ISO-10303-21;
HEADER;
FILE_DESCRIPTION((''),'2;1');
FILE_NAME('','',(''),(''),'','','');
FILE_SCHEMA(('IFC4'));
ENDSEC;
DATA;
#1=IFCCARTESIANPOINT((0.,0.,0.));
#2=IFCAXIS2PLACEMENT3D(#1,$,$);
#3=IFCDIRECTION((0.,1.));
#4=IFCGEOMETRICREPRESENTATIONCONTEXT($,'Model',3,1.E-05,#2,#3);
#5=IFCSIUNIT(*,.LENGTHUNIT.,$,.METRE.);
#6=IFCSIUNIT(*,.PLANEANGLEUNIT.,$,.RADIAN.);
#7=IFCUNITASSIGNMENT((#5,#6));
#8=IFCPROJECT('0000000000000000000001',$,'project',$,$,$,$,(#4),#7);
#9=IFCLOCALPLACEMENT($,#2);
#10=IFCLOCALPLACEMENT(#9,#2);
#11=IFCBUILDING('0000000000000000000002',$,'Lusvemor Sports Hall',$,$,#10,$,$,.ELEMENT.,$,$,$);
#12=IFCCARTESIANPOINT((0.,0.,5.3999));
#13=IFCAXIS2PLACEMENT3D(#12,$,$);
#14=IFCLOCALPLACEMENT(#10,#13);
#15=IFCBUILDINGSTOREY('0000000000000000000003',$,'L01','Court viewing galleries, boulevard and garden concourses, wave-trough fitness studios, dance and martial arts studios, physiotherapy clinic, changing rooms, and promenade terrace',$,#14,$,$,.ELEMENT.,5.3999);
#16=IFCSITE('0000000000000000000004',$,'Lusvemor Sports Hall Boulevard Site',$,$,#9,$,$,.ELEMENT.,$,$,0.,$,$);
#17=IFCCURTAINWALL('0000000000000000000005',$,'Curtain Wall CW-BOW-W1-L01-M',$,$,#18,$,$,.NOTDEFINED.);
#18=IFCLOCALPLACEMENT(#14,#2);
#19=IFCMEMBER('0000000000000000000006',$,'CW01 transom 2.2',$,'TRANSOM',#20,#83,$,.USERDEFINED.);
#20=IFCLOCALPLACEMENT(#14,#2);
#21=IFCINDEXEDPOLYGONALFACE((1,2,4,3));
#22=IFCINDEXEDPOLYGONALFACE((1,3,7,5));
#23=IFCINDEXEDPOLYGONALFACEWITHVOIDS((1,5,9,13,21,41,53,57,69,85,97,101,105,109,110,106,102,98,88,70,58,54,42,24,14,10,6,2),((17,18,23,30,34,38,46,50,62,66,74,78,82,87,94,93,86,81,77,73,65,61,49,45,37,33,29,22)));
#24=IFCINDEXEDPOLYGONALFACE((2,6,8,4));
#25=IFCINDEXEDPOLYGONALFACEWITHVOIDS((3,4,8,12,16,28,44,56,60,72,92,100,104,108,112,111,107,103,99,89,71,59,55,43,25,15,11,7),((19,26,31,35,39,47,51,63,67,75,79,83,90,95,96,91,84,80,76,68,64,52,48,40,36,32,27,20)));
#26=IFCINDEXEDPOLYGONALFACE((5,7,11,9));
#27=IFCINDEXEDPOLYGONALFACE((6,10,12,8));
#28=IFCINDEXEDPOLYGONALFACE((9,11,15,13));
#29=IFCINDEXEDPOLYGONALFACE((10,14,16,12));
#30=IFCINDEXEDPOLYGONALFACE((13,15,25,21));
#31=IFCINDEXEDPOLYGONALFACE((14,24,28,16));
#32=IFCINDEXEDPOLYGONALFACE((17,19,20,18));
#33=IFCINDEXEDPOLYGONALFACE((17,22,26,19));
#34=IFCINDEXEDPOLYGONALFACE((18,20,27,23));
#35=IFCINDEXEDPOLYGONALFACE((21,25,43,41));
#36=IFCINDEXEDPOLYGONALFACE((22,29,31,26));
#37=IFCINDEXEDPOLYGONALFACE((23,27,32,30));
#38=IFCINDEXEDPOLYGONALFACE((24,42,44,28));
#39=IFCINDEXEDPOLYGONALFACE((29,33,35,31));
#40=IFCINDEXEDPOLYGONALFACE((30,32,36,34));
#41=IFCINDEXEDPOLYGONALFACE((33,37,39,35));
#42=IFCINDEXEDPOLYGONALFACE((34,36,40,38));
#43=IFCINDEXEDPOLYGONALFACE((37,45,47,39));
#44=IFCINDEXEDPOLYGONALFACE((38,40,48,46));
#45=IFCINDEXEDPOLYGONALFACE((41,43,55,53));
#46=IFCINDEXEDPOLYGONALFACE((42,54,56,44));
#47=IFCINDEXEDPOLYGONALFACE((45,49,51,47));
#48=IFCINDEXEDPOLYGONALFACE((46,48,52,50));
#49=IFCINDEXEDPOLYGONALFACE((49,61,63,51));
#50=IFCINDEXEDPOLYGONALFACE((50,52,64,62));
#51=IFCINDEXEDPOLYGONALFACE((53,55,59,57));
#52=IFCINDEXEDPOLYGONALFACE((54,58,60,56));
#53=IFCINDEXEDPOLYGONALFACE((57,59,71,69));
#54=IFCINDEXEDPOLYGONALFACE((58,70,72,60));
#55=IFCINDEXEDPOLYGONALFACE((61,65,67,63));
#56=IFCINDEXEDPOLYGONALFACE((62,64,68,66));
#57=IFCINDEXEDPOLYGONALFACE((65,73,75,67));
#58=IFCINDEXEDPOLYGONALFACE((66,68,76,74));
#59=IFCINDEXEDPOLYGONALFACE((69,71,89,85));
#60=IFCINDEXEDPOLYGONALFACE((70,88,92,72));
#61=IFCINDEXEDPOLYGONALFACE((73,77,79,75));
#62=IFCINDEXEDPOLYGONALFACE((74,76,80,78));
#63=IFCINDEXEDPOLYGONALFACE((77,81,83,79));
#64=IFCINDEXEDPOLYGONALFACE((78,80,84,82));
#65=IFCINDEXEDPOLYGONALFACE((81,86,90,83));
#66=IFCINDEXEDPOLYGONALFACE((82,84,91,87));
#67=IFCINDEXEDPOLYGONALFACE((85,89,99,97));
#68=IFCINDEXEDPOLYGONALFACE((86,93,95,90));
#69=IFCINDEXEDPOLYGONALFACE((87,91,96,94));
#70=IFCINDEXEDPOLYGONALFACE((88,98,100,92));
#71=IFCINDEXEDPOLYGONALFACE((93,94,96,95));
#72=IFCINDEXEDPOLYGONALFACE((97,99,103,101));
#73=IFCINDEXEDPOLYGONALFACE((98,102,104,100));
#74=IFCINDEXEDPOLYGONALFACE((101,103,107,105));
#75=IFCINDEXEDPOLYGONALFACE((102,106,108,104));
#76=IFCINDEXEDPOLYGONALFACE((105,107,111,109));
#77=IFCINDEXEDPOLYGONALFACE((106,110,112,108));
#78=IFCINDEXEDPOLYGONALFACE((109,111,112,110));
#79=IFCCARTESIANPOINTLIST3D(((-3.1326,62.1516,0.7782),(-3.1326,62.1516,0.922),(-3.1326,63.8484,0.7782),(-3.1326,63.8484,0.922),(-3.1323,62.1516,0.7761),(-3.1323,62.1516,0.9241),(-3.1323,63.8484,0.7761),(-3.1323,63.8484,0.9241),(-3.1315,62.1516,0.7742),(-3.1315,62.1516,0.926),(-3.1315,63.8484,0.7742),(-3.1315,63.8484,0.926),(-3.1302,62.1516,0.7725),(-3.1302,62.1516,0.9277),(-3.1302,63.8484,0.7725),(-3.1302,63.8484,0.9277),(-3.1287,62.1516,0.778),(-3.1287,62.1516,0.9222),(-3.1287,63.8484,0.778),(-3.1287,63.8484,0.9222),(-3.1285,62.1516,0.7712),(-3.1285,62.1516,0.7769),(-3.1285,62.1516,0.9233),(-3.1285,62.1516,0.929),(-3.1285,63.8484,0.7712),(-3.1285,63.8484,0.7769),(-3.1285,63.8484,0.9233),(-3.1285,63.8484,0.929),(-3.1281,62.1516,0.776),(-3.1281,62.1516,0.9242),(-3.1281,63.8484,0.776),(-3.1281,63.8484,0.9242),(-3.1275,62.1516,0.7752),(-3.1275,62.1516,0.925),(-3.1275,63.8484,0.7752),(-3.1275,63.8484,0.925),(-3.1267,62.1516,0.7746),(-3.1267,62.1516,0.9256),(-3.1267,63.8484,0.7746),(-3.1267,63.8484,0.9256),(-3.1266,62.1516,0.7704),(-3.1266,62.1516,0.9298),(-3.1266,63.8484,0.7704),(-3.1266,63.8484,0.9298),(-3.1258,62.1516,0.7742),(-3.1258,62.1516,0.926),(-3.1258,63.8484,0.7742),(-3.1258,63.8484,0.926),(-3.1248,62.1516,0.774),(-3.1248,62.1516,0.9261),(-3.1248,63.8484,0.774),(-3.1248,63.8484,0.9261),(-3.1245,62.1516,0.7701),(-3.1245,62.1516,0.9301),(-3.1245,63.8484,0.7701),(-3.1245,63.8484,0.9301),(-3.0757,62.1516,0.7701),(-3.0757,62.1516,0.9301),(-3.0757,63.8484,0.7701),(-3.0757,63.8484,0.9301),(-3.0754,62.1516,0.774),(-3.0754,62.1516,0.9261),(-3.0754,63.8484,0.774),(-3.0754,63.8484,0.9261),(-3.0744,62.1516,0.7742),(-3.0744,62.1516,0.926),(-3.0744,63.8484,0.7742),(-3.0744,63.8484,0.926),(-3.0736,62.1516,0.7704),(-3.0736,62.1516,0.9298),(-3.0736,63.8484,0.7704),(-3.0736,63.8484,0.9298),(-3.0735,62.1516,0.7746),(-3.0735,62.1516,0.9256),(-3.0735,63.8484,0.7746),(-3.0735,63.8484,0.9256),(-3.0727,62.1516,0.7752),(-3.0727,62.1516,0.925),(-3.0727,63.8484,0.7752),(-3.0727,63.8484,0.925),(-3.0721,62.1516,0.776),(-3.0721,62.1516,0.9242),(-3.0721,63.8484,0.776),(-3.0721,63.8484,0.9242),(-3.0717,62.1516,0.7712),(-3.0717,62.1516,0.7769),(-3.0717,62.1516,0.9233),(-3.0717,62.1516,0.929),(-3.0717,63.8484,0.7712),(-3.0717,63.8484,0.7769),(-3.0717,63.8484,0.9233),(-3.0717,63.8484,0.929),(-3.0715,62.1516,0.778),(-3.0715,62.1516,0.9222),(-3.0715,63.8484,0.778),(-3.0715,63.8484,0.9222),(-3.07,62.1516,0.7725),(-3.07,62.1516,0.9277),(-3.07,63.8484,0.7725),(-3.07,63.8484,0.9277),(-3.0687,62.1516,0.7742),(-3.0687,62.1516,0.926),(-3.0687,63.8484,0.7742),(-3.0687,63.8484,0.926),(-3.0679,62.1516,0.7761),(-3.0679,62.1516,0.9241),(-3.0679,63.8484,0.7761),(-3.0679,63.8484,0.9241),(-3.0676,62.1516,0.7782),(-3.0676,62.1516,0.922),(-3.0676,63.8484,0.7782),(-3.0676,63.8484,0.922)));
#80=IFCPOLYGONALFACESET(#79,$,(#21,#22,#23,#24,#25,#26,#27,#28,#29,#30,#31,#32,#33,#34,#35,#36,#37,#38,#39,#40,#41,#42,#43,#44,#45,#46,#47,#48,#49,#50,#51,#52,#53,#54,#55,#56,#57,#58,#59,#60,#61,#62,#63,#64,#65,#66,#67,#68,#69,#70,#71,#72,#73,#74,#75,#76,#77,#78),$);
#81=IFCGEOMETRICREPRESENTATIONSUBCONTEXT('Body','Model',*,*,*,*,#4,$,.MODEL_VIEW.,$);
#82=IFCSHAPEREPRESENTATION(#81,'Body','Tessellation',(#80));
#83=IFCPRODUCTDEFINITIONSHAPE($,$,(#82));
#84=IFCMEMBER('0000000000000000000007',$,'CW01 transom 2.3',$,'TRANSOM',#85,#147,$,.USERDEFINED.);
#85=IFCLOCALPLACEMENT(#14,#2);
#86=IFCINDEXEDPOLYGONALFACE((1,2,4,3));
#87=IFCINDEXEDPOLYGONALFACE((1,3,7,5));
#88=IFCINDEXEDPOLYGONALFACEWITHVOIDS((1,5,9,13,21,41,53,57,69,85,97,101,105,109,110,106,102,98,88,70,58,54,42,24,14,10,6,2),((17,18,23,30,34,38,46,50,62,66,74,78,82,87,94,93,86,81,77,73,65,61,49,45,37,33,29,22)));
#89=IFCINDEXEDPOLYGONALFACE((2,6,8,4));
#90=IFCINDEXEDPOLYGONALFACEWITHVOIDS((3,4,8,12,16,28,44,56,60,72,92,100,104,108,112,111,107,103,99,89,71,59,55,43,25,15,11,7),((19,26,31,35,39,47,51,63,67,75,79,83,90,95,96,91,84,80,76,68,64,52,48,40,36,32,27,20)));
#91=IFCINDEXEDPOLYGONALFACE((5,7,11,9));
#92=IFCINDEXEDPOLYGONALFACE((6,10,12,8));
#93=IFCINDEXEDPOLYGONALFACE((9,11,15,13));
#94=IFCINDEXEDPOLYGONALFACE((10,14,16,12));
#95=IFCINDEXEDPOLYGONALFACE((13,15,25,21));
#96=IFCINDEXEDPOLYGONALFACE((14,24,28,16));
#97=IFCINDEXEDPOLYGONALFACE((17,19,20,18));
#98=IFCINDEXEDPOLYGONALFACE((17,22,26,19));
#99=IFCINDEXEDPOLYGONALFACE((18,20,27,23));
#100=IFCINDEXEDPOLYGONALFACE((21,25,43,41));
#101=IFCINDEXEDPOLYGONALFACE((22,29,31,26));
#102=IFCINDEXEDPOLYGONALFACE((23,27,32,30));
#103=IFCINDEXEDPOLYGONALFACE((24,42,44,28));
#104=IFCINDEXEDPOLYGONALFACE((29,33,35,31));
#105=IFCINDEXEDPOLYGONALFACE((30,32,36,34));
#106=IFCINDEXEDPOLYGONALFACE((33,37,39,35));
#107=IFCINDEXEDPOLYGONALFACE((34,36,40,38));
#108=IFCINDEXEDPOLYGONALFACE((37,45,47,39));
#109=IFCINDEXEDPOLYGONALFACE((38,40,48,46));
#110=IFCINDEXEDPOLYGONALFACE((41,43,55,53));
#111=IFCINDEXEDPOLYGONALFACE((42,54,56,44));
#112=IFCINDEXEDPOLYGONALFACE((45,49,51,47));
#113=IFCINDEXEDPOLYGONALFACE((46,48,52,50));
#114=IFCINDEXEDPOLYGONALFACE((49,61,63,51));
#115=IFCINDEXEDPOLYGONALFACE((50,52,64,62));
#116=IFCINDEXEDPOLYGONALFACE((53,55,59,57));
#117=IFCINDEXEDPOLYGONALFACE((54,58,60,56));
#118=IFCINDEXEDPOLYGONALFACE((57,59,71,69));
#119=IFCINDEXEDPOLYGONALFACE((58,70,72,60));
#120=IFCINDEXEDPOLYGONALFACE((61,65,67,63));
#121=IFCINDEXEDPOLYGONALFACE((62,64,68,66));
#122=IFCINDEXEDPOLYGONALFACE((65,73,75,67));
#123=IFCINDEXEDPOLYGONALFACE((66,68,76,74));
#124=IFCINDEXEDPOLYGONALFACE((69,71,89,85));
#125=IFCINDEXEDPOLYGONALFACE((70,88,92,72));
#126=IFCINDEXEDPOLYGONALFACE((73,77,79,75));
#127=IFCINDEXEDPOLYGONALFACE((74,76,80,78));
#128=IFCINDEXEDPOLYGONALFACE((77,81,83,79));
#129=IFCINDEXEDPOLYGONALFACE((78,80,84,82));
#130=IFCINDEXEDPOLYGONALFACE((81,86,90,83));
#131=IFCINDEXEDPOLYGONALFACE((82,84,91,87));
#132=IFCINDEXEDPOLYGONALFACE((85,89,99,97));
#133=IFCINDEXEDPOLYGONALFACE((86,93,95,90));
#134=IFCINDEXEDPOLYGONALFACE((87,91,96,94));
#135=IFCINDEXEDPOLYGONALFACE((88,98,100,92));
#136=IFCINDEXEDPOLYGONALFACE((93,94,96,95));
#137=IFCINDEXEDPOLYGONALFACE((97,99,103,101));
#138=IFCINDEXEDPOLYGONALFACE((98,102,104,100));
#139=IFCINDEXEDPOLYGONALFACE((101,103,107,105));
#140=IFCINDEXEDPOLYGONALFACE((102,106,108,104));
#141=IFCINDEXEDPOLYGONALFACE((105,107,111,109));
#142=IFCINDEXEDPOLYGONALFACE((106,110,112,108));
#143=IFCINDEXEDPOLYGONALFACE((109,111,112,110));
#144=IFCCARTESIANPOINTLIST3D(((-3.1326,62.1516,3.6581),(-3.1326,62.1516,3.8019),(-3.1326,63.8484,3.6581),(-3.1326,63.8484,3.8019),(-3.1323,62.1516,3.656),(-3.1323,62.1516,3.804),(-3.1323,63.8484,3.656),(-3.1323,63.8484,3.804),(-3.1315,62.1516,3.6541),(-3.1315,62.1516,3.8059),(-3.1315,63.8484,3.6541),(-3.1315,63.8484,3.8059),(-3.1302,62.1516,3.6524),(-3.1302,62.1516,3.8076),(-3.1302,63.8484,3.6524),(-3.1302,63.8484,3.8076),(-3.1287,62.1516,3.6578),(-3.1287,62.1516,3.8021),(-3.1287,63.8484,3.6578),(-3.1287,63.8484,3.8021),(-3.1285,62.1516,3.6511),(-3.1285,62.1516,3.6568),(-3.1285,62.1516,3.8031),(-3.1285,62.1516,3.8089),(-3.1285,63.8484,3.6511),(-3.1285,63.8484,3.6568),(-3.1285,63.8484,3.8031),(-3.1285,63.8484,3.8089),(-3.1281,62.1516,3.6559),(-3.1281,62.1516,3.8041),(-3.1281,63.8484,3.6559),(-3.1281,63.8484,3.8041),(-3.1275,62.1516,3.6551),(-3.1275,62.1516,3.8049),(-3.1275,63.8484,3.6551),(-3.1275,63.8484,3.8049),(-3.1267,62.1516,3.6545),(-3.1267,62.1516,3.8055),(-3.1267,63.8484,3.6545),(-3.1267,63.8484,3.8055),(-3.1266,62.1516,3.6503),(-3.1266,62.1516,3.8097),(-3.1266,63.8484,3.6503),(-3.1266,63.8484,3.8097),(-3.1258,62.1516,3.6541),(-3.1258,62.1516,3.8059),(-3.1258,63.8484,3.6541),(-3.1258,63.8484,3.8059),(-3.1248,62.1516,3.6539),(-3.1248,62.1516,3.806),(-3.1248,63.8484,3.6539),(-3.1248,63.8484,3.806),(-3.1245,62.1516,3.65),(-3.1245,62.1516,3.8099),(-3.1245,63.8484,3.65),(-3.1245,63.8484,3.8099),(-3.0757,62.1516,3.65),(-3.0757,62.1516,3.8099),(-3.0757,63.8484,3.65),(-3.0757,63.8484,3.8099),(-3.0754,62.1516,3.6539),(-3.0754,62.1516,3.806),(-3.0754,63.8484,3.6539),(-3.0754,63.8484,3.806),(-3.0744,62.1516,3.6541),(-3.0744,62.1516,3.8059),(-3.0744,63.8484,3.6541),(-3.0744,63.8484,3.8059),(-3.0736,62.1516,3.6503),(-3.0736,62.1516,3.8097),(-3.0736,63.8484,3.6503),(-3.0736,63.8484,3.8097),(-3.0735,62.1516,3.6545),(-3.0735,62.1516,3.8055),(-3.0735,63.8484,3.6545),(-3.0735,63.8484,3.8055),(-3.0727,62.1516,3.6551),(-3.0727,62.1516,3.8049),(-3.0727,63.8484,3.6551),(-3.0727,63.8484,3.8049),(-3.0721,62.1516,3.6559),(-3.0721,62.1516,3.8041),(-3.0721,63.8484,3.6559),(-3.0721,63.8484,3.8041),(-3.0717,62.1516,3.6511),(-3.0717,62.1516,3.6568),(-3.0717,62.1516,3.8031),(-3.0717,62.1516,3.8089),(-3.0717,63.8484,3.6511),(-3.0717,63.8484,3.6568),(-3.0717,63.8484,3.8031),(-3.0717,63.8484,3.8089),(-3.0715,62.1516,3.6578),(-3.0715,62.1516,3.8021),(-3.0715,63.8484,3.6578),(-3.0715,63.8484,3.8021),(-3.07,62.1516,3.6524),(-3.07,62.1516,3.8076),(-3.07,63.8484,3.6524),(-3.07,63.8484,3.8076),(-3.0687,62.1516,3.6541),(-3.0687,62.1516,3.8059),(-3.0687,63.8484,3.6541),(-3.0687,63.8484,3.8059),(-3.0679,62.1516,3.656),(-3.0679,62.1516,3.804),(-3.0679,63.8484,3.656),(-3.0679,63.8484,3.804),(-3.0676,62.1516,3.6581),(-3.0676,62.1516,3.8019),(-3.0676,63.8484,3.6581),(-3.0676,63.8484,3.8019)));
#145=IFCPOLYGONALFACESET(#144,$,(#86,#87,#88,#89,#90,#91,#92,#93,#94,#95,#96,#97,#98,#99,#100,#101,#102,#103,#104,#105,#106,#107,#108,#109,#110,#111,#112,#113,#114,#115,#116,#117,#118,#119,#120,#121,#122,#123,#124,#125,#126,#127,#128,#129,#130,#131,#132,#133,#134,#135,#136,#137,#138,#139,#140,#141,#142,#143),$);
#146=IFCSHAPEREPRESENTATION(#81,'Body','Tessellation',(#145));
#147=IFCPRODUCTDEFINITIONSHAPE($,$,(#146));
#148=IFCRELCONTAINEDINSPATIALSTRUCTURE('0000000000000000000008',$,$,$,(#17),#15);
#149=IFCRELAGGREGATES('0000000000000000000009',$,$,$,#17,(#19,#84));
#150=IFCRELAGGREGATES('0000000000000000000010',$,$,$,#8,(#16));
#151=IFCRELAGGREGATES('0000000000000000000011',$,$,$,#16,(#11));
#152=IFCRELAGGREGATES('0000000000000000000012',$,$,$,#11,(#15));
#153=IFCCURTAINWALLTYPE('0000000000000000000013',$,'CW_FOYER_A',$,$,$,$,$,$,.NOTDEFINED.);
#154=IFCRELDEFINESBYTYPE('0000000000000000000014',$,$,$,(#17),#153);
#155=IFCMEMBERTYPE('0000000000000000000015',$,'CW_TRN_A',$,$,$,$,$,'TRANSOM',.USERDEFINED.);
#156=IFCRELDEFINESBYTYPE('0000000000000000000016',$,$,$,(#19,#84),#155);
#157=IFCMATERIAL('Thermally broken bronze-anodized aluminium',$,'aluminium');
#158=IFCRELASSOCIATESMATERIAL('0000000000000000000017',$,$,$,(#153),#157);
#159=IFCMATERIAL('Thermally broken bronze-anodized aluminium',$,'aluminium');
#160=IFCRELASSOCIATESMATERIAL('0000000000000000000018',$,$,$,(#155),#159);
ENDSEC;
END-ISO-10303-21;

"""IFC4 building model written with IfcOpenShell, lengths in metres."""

from ifc_helpers import new_model, si_unit, direction, frame, origin, origin_2d, place, context, subcontext, project, spatial, hollow_rectangle, extrude, material, material_profile, profile_set, type_object, element, aggregate, save


model = new_model("IFC4")

# Units and contexts
model_context = context("Model", 3, precision=1e-05, world=origin(), true_north=direction((0.0, 1.0)))
body_context = subcontext(model_context, "Body", "Model", "MODEL_VIEW")
ifc_project = project(units=[si_unit("LENGTHUNIT", "METRE"), si_unit("PLANEANGLEUNIT", "RADIAN")], contexts=[model_context])

# Site, building, storey
site_placement = place(None, origin())
site = spatial("IfcSite", under=ifc_project, at=site_placement, Name="Lusvemor Sports Hall Boulevard Site", CompositionType="ELEMENT", RefElevation=0.0)
building_placement = place(site_placement, origin())
building = spatial("IfcBuilding", under=site, at=building_placement, Name="Lusvemor Sports Hall", CompositionType="ELEMENT")
storey_placement = place(building_placement, frame((0.0, 0.0, 5.3999)))
storey = spatial("IfcBuildingStorey", under=building, at=storey_placement, Name="L01", Description="Court viewing galleries, boulevard and garden concourses, wave-trough fitness studios, dance and martial arts studios, physiotherapy clinic, changing rooms, and promenade terrace", CompositionType="ELEMENT", Elevation=5.3999)

# Curtain wall, members
ifc_material_1 = material(Name="Thermally broken bronze-anodized aluminium", Category="aluminium")
curtain_wall_type = type_object("IfcCurtainWallType", Name="CW_FOYER_A", PredefinedType="NOTDEFINED", material=ifc_material_1)
curtain_wall_placement = place(storey_placement, origin())
curtain_wall = element("IfcCurtainWall", 1, at=curtain_wall_placement, inside=storey, type_object=curtain_wall_type, Name="Curtain Wall CW-BOW-W1-L01-M", PredefinedType="NOTDEFINED")
ifc_material_2 = material(Name="Thermally broken bronze-anodized aluminium", Category="aluminium")
ifc_material_profile_1 = material_profile(ifc_material_2, hollow_rectangle(XDim=0.0649, YDim=0.1599, WallThickness=0.0039, InnerFilletRadius=0.0039, OuterFilletRadius=0.0081, at=origin_2d()), Name="CWTRN160x65x4")
ifc_profile_set_1 = profile_set([ifc_material_profile_1], Name="Thermally broken bronze-anodized aluminium")
member_type_1 = type_object("IfcMemberType", Name="CW_TRN_A", ElementType="TRANSOM", PredefinedType="USERDEFINED", material=ifc_profile_set_1)
member_1_placement = place(storey_placement, frame((-3.1001, 62.1516, 0.8501), z_axis=(0.0, 1.0, 0.0), x_axis=(-1.0, 0.0, 0.0)))
member_1 = element("IfcMember", 2, at=member_1_placement, type_object=member_type_1, Name="CW01 transom 2.2", ObjectType="TRANSOM", PredefinedType="USERDEFINED", context=body_context, shape_type="SweptSolid", body=[
    extrude(hollow_rectangle(XDim=0.0649, YDim=0.1599, WallThickness=0.0039, InnerFilletRadius=0.0039, OuterFilletRadius=0.0081, at=origin_2d()), origin(), (0.0, 0.0, 1.0), 1.6968),
])
member_2_placement = place(storey_placement, frame((-3.1001, 62.1516, 3.73), z_axis=(0.0, 1.0, 0.0), x_axis=(-1.0, 0.0, 0.0)))
member_2 = element("IfcMember", 3, at=member_2_placement, type_object=member_type_1, Name="CW01 transom 2.3", ObjectType="TRANSOM", PredefinedType="USERDEFINED", context=body_context, shape_type="SweptSolid", body=[
    extrude(hollow_rectangle(XDim=0.0649, YDim=0.1599, WallThickness=0.0039, InnerFilletRadius=0.0039, OuterFilletRadius=0.0081, at=origin_2d()), origin(), (0.0, 0.0, 1.0), 1.6968),
])

aggregate(curtain_wall, [member_1, member_2])

save(model, "model.ifc")
